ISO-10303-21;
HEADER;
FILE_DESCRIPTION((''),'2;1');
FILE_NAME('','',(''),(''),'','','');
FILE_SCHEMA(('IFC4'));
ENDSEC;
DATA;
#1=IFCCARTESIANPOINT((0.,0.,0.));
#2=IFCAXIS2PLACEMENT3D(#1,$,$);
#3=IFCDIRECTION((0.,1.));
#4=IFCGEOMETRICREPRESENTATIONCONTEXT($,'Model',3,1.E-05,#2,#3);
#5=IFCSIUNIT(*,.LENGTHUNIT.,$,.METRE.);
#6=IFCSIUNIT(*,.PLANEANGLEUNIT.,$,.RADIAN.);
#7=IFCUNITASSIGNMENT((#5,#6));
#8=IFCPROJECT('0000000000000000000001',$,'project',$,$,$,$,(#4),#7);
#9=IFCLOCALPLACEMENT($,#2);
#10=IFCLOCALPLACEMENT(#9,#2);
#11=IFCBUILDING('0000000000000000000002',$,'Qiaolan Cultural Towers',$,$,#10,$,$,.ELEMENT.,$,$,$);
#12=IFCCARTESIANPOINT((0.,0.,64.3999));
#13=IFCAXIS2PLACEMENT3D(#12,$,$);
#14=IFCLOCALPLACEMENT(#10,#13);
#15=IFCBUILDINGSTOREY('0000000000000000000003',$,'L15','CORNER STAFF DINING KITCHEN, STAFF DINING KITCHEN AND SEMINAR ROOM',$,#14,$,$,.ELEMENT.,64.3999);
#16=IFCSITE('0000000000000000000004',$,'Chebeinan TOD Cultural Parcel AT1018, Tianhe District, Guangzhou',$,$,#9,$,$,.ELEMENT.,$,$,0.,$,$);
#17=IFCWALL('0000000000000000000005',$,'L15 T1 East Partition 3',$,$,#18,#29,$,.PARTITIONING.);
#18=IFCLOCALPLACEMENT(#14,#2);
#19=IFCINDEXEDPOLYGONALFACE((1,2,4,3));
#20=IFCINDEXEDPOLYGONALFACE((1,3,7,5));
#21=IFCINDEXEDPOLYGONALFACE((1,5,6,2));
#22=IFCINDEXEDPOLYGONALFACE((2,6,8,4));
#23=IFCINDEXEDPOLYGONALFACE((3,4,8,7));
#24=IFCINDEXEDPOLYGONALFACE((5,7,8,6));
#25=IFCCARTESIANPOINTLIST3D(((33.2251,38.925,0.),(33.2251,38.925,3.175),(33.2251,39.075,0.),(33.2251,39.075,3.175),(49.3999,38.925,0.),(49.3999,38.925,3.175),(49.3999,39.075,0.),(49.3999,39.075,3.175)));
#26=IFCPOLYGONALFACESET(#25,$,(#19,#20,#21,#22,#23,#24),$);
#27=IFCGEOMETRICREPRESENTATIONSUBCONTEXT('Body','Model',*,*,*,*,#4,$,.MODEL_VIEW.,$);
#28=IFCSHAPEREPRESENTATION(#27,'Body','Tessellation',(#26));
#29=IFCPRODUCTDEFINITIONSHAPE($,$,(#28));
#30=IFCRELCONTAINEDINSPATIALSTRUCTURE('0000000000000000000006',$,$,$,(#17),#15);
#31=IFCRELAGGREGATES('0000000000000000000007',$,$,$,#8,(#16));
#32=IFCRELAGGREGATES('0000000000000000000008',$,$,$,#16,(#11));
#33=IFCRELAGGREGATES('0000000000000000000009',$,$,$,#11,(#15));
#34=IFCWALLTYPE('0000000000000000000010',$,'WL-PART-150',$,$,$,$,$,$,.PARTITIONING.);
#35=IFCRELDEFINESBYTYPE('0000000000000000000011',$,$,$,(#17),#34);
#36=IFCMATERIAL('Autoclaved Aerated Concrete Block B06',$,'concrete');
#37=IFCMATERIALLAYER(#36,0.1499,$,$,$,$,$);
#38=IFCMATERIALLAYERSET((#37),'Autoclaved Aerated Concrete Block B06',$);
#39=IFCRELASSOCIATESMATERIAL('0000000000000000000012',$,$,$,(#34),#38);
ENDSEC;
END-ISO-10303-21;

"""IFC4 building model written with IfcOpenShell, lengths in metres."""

from ifc_helpers import new_model, si_unit, direction, frame, frame_2d, origin, place, context, subcontext, project, spatial, rectangle, extrude, material, layer, layer_set, type_object, element, save


model = new_model("IFC4")

# Units and contexts
model_context = context("Model", 3, precision=1e-05, world=origin(), true_north=direction((0.0, 1.0)))
body_context = subcontext(model_context, "Body", "Model", "MODEL_VIEW")
ifc_project = project(units=[si_unit("LENGTHUNIT", "METRE"), si_unit("PLANEANGLEUNIT", "RADIAN")], contexts=[model_context])

# Site, building, storey
site_placement = place(None, origin())
site = spatial("IfcSite", under=ifc_project, at=site_placement, Name="Chebeinan TOD Cultural Parcel AT1018, Tianhe District, Guangzhou", CompositionType="ELEMENT", RefElevation=0.0)
building_placement = place(site_placement, origin())
building = spatial("IfcBuilding", under=site, at=building_placement, Name="Qiaolan Cultural Towers", CompositionType="ELEMENT")
storey_placement = place(building_placement, frame((0.0, 0.0, 64.3999)))
storey = spatial("IfcBuildingStorey", under=building, at=storey_placement, Name="L15", Description="CORNER STAFF DINING KITCHEN, STAFF DINING KITCHEN AND SEMINAR ROOM", CompositionType="ELEMENT", Elevation=64.3999)

# Shared definitions
ifc_material_1 = material(Name="Autoclaved Aerated Concrete Block B06", Category="concrete")
ifc_layer_1 = layer(ifc_material_1, 0.1499)
ifc_layer_set_1 = layer_set([ifc_layer_1], Name="Autoclaved Aerated Concrete Block B06")
wall_type_1 = type_object("IfcWallType", Name="WL-PART-150", PredefinedType="PARTITIONING", material=ifc_layer_set_1)

# Wall
for number, where, z_axis, x_axis, name in (
    (1, (33.2251, 39.0, 0.0), (0.0, 0.0, 1.0), (1.0, 0.0, 0.0), "L15 T1 East Partition 3"),
):
    element("IfcWall", number, at=place(storey_placement, frame(where, z_axis=z_axis, x_axis=x_axis)), inside=storey, type_object=wall_type_1, Name=name, PredefinedType="PARTITIONING", context=body_context, shape_type="SweptSolid", body=[
        extrude(rectangle(XDim=16.1748, YDim=0.1499, at=frame_2d((8.0874, 0.0))), origin(), (0.0, 0.0, 1.0), 3.175),
    ])

save(model, "model.ifc")
